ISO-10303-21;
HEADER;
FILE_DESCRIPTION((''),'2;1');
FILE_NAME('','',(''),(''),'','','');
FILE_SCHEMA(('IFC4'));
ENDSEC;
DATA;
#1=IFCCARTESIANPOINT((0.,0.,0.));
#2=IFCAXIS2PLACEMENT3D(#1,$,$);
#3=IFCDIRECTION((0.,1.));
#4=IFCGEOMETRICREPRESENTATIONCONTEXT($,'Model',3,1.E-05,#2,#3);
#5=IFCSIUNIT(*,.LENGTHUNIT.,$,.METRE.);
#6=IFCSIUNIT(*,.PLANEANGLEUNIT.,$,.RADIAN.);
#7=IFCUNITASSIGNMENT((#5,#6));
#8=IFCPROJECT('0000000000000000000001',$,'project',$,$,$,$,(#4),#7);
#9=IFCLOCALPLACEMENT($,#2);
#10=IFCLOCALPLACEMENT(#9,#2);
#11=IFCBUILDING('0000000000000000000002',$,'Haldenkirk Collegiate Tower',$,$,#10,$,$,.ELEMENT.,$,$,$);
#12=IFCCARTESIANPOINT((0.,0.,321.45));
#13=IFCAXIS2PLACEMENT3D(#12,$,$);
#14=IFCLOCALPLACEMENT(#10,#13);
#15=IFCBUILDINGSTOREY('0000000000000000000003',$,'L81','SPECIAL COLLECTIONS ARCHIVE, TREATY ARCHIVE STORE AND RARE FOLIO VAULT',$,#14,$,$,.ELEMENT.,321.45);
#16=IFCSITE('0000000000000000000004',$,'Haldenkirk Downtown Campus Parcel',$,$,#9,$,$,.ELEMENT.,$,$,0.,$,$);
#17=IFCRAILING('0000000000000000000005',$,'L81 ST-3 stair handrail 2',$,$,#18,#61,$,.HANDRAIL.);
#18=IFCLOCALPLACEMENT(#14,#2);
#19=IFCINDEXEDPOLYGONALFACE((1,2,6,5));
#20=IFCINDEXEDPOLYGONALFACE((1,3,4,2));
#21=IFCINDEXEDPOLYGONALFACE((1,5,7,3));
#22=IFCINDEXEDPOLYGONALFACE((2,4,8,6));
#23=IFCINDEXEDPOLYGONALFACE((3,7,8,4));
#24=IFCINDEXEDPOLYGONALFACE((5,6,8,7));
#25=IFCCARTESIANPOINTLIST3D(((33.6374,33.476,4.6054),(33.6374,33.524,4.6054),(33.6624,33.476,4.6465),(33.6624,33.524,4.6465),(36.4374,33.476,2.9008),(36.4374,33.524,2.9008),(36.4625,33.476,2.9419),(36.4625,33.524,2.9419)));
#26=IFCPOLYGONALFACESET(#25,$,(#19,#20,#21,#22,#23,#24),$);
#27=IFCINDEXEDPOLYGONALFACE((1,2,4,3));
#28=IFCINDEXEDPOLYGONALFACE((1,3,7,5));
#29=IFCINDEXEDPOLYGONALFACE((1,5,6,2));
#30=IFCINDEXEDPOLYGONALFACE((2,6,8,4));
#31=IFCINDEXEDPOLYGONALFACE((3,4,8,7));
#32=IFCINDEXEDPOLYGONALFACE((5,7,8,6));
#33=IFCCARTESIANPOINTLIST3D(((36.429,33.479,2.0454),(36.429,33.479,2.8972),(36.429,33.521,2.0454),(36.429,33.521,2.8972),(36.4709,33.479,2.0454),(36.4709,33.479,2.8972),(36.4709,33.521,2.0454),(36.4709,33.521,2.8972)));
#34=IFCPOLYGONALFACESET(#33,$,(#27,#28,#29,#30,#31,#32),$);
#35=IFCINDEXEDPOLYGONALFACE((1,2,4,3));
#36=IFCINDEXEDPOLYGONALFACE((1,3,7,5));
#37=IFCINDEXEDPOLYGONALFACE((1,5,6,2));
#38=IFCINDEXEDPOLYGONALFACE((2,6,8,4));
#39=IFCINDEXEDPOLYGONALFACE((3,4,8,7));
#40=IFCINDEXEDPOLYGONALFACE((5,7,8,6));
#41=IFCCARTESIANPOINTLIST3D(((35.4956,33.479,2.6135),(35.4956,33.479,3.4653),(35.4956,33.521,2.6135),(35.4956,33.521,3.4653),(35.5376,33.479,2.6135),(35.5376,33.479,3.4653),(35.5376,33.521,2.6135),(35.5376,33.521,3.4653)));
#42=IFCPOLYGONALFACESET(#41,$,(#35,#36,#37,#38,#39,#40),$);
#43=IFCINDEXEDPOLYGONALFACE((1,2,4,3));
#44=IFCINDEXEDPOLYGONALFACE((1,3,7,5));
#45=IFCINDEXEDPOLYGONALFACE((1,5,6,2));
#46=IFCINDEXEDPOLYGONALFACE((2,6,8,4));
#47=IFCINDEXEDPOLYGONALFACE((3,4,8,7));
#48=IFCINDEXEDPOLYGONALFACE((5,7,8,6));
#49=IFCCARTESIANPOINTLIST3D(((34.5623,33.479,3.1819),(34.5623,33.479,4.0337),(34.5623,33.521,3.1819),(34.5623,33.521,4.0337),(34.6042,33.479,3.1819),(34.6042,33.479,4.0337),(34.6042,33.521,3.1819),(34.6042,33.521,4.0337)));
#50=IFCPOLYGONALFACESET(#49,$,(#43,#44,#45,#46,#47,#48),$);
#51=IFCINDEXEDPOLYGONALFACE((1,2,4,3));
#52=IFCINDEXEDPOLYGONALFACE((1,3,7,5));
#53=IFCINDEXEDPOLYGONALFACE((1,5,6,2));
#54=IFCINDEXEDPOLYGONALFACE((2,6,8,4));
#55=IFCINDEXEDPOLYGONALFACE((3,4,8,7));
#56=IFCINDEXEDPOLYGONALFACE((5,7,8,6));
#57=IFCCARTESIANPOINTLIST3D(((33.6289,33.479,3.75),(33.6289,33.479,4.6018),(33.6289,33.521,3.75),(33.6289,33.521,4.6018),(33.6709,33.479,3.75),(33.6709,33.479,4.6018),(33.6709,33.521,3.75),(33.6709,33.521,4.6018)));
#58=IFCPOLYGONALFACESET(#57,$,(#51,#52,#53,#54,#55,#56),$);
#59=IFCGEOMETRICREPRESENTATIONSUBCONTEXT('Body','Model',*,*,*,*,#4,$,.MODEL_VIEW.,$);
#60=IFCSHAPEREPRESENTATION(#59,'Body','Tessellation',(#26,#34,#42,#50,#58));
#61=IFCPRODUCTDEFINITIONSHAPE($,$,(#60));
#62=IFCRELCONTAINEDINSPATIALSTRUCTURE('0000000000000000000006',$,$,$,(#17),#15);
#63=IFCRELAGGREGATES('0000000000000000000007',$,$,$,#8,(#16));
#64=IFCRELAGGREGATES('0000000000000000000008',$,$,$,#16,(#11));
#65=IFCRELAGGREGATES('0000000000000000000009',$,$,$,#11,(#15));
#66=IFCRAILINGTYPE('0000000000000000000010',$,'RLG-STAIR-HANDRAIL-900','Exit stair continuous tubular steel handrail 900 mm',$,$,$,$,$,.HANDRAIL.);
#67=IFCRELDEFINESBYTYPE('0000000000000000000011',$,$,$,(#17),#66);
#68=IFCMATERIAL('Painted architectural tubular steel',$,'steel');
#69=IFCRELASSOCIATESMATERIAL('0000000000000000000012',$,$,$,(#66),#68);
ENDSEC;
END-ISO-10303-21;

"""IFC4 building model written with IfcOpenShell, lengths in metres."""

from ifc_helpers import new_model, si_unit, direction, frame, origin, origin_2d, place, context, subcontext, project, spatial, rectangle, extrude, material, type_object, element, save


model = new_model("IFC4")

# Units and contexts
model_context = context("Model", 3, precision=1e-05, world=origin(), true_north=direction((0.0, 1.0)))
body_context = subcontext(model_context, "Body", "Model", "MODEL_VIEW")
ifc_project = project(units=[si_unit("LENGTHUNIT", "METRE"), si_unit("PLANEANGLEUNIT", "RADIAN")], contexts=[model_context])

# Site, building, storey
site_placement = place(None, origin())
site = spatial("IfcSite", under=ifc_project, at=site_placement, Name="Haldenkirk Downtown Campus Parcel", CompositionType="ELEMENT", RefElevation=0.0)
building_placement = place(site_placement, origin())
building = spatial("IfcBuilding", under=site, at=building_placement, Name="Haldenkirk Collegiate Tower", CompositionType="ELEMENT")
storey_placement = place(building_placement, frame((0.0, 0.0, 321.45)))
storey = spatial("IfcBuildingStorey", under=building, at=storey_placement, Name="L81", Description="SPECIAL COLLECTIONS ARCHIVE, TREATY ARCHIVE STORE AND RARE FOLIO VAULT", CompositionType="ELEMENT", Elevation=321.45)

# Railing
ifc_material_1 = material(Name="Painted architectural tubular steel", Category="steel")
railing_type = type_object("IfcRailingType", Name="RLG-STAIR-HANDRAIL-900", Description="Exit stair continuous tubular steel handrail 900 mm", PredefinedType="HANDRAIL", material=ifc_material_1)
railing_placement = place(storey_placement, frame((36.45, 33.5, 2.0454)))
element("IfcRailing", 1, at=railing_placement, inside=storey, type_object=railing_type, Name="L81 ST-3 stair handrail 2", PredefinedType="HANDRAIL", context=body_context, shape_type="SweptSolid", body=[
    extrude(rectangle(XDim=0.0481, YDim=0.0481, at=origin_2d()), frame((0.0, 0.0, 0.876), z_axis=(-0.85417, 0.0, 0.519994), x_axis=(0.0, -1.0, 0.0)), (0.0, 0.0, 1.0), 3.2781),
    extrude(rectangle(XDim=0.042, YDim=0.042, at=origin_2d()), origin(), (0.0, 0.0, 1.0), 0.8518),
    extrude(rectangle(XDim=0.042, YDim=0.042, at=origin_2d()), frame((-0.9333, 0.0, 0.5681)), (0.0, 0.0, 1.0), 0.8518),
    extrude(rectangle(XDim=0.042, YDim=0.042, at=origin_2d()), frame((-1.8667, 0.0, 1.1365)), (0.0, 0.0, 1.0), 0.8518),
    extrude(rectangle(XDim=0.042, YDim=0.042, at=origin_2d()), frame((-2.8, 0.0, 1.7046)), (0.0, 0.0, 1.0), 0.8518),
])

save(model, "model.ifc")
